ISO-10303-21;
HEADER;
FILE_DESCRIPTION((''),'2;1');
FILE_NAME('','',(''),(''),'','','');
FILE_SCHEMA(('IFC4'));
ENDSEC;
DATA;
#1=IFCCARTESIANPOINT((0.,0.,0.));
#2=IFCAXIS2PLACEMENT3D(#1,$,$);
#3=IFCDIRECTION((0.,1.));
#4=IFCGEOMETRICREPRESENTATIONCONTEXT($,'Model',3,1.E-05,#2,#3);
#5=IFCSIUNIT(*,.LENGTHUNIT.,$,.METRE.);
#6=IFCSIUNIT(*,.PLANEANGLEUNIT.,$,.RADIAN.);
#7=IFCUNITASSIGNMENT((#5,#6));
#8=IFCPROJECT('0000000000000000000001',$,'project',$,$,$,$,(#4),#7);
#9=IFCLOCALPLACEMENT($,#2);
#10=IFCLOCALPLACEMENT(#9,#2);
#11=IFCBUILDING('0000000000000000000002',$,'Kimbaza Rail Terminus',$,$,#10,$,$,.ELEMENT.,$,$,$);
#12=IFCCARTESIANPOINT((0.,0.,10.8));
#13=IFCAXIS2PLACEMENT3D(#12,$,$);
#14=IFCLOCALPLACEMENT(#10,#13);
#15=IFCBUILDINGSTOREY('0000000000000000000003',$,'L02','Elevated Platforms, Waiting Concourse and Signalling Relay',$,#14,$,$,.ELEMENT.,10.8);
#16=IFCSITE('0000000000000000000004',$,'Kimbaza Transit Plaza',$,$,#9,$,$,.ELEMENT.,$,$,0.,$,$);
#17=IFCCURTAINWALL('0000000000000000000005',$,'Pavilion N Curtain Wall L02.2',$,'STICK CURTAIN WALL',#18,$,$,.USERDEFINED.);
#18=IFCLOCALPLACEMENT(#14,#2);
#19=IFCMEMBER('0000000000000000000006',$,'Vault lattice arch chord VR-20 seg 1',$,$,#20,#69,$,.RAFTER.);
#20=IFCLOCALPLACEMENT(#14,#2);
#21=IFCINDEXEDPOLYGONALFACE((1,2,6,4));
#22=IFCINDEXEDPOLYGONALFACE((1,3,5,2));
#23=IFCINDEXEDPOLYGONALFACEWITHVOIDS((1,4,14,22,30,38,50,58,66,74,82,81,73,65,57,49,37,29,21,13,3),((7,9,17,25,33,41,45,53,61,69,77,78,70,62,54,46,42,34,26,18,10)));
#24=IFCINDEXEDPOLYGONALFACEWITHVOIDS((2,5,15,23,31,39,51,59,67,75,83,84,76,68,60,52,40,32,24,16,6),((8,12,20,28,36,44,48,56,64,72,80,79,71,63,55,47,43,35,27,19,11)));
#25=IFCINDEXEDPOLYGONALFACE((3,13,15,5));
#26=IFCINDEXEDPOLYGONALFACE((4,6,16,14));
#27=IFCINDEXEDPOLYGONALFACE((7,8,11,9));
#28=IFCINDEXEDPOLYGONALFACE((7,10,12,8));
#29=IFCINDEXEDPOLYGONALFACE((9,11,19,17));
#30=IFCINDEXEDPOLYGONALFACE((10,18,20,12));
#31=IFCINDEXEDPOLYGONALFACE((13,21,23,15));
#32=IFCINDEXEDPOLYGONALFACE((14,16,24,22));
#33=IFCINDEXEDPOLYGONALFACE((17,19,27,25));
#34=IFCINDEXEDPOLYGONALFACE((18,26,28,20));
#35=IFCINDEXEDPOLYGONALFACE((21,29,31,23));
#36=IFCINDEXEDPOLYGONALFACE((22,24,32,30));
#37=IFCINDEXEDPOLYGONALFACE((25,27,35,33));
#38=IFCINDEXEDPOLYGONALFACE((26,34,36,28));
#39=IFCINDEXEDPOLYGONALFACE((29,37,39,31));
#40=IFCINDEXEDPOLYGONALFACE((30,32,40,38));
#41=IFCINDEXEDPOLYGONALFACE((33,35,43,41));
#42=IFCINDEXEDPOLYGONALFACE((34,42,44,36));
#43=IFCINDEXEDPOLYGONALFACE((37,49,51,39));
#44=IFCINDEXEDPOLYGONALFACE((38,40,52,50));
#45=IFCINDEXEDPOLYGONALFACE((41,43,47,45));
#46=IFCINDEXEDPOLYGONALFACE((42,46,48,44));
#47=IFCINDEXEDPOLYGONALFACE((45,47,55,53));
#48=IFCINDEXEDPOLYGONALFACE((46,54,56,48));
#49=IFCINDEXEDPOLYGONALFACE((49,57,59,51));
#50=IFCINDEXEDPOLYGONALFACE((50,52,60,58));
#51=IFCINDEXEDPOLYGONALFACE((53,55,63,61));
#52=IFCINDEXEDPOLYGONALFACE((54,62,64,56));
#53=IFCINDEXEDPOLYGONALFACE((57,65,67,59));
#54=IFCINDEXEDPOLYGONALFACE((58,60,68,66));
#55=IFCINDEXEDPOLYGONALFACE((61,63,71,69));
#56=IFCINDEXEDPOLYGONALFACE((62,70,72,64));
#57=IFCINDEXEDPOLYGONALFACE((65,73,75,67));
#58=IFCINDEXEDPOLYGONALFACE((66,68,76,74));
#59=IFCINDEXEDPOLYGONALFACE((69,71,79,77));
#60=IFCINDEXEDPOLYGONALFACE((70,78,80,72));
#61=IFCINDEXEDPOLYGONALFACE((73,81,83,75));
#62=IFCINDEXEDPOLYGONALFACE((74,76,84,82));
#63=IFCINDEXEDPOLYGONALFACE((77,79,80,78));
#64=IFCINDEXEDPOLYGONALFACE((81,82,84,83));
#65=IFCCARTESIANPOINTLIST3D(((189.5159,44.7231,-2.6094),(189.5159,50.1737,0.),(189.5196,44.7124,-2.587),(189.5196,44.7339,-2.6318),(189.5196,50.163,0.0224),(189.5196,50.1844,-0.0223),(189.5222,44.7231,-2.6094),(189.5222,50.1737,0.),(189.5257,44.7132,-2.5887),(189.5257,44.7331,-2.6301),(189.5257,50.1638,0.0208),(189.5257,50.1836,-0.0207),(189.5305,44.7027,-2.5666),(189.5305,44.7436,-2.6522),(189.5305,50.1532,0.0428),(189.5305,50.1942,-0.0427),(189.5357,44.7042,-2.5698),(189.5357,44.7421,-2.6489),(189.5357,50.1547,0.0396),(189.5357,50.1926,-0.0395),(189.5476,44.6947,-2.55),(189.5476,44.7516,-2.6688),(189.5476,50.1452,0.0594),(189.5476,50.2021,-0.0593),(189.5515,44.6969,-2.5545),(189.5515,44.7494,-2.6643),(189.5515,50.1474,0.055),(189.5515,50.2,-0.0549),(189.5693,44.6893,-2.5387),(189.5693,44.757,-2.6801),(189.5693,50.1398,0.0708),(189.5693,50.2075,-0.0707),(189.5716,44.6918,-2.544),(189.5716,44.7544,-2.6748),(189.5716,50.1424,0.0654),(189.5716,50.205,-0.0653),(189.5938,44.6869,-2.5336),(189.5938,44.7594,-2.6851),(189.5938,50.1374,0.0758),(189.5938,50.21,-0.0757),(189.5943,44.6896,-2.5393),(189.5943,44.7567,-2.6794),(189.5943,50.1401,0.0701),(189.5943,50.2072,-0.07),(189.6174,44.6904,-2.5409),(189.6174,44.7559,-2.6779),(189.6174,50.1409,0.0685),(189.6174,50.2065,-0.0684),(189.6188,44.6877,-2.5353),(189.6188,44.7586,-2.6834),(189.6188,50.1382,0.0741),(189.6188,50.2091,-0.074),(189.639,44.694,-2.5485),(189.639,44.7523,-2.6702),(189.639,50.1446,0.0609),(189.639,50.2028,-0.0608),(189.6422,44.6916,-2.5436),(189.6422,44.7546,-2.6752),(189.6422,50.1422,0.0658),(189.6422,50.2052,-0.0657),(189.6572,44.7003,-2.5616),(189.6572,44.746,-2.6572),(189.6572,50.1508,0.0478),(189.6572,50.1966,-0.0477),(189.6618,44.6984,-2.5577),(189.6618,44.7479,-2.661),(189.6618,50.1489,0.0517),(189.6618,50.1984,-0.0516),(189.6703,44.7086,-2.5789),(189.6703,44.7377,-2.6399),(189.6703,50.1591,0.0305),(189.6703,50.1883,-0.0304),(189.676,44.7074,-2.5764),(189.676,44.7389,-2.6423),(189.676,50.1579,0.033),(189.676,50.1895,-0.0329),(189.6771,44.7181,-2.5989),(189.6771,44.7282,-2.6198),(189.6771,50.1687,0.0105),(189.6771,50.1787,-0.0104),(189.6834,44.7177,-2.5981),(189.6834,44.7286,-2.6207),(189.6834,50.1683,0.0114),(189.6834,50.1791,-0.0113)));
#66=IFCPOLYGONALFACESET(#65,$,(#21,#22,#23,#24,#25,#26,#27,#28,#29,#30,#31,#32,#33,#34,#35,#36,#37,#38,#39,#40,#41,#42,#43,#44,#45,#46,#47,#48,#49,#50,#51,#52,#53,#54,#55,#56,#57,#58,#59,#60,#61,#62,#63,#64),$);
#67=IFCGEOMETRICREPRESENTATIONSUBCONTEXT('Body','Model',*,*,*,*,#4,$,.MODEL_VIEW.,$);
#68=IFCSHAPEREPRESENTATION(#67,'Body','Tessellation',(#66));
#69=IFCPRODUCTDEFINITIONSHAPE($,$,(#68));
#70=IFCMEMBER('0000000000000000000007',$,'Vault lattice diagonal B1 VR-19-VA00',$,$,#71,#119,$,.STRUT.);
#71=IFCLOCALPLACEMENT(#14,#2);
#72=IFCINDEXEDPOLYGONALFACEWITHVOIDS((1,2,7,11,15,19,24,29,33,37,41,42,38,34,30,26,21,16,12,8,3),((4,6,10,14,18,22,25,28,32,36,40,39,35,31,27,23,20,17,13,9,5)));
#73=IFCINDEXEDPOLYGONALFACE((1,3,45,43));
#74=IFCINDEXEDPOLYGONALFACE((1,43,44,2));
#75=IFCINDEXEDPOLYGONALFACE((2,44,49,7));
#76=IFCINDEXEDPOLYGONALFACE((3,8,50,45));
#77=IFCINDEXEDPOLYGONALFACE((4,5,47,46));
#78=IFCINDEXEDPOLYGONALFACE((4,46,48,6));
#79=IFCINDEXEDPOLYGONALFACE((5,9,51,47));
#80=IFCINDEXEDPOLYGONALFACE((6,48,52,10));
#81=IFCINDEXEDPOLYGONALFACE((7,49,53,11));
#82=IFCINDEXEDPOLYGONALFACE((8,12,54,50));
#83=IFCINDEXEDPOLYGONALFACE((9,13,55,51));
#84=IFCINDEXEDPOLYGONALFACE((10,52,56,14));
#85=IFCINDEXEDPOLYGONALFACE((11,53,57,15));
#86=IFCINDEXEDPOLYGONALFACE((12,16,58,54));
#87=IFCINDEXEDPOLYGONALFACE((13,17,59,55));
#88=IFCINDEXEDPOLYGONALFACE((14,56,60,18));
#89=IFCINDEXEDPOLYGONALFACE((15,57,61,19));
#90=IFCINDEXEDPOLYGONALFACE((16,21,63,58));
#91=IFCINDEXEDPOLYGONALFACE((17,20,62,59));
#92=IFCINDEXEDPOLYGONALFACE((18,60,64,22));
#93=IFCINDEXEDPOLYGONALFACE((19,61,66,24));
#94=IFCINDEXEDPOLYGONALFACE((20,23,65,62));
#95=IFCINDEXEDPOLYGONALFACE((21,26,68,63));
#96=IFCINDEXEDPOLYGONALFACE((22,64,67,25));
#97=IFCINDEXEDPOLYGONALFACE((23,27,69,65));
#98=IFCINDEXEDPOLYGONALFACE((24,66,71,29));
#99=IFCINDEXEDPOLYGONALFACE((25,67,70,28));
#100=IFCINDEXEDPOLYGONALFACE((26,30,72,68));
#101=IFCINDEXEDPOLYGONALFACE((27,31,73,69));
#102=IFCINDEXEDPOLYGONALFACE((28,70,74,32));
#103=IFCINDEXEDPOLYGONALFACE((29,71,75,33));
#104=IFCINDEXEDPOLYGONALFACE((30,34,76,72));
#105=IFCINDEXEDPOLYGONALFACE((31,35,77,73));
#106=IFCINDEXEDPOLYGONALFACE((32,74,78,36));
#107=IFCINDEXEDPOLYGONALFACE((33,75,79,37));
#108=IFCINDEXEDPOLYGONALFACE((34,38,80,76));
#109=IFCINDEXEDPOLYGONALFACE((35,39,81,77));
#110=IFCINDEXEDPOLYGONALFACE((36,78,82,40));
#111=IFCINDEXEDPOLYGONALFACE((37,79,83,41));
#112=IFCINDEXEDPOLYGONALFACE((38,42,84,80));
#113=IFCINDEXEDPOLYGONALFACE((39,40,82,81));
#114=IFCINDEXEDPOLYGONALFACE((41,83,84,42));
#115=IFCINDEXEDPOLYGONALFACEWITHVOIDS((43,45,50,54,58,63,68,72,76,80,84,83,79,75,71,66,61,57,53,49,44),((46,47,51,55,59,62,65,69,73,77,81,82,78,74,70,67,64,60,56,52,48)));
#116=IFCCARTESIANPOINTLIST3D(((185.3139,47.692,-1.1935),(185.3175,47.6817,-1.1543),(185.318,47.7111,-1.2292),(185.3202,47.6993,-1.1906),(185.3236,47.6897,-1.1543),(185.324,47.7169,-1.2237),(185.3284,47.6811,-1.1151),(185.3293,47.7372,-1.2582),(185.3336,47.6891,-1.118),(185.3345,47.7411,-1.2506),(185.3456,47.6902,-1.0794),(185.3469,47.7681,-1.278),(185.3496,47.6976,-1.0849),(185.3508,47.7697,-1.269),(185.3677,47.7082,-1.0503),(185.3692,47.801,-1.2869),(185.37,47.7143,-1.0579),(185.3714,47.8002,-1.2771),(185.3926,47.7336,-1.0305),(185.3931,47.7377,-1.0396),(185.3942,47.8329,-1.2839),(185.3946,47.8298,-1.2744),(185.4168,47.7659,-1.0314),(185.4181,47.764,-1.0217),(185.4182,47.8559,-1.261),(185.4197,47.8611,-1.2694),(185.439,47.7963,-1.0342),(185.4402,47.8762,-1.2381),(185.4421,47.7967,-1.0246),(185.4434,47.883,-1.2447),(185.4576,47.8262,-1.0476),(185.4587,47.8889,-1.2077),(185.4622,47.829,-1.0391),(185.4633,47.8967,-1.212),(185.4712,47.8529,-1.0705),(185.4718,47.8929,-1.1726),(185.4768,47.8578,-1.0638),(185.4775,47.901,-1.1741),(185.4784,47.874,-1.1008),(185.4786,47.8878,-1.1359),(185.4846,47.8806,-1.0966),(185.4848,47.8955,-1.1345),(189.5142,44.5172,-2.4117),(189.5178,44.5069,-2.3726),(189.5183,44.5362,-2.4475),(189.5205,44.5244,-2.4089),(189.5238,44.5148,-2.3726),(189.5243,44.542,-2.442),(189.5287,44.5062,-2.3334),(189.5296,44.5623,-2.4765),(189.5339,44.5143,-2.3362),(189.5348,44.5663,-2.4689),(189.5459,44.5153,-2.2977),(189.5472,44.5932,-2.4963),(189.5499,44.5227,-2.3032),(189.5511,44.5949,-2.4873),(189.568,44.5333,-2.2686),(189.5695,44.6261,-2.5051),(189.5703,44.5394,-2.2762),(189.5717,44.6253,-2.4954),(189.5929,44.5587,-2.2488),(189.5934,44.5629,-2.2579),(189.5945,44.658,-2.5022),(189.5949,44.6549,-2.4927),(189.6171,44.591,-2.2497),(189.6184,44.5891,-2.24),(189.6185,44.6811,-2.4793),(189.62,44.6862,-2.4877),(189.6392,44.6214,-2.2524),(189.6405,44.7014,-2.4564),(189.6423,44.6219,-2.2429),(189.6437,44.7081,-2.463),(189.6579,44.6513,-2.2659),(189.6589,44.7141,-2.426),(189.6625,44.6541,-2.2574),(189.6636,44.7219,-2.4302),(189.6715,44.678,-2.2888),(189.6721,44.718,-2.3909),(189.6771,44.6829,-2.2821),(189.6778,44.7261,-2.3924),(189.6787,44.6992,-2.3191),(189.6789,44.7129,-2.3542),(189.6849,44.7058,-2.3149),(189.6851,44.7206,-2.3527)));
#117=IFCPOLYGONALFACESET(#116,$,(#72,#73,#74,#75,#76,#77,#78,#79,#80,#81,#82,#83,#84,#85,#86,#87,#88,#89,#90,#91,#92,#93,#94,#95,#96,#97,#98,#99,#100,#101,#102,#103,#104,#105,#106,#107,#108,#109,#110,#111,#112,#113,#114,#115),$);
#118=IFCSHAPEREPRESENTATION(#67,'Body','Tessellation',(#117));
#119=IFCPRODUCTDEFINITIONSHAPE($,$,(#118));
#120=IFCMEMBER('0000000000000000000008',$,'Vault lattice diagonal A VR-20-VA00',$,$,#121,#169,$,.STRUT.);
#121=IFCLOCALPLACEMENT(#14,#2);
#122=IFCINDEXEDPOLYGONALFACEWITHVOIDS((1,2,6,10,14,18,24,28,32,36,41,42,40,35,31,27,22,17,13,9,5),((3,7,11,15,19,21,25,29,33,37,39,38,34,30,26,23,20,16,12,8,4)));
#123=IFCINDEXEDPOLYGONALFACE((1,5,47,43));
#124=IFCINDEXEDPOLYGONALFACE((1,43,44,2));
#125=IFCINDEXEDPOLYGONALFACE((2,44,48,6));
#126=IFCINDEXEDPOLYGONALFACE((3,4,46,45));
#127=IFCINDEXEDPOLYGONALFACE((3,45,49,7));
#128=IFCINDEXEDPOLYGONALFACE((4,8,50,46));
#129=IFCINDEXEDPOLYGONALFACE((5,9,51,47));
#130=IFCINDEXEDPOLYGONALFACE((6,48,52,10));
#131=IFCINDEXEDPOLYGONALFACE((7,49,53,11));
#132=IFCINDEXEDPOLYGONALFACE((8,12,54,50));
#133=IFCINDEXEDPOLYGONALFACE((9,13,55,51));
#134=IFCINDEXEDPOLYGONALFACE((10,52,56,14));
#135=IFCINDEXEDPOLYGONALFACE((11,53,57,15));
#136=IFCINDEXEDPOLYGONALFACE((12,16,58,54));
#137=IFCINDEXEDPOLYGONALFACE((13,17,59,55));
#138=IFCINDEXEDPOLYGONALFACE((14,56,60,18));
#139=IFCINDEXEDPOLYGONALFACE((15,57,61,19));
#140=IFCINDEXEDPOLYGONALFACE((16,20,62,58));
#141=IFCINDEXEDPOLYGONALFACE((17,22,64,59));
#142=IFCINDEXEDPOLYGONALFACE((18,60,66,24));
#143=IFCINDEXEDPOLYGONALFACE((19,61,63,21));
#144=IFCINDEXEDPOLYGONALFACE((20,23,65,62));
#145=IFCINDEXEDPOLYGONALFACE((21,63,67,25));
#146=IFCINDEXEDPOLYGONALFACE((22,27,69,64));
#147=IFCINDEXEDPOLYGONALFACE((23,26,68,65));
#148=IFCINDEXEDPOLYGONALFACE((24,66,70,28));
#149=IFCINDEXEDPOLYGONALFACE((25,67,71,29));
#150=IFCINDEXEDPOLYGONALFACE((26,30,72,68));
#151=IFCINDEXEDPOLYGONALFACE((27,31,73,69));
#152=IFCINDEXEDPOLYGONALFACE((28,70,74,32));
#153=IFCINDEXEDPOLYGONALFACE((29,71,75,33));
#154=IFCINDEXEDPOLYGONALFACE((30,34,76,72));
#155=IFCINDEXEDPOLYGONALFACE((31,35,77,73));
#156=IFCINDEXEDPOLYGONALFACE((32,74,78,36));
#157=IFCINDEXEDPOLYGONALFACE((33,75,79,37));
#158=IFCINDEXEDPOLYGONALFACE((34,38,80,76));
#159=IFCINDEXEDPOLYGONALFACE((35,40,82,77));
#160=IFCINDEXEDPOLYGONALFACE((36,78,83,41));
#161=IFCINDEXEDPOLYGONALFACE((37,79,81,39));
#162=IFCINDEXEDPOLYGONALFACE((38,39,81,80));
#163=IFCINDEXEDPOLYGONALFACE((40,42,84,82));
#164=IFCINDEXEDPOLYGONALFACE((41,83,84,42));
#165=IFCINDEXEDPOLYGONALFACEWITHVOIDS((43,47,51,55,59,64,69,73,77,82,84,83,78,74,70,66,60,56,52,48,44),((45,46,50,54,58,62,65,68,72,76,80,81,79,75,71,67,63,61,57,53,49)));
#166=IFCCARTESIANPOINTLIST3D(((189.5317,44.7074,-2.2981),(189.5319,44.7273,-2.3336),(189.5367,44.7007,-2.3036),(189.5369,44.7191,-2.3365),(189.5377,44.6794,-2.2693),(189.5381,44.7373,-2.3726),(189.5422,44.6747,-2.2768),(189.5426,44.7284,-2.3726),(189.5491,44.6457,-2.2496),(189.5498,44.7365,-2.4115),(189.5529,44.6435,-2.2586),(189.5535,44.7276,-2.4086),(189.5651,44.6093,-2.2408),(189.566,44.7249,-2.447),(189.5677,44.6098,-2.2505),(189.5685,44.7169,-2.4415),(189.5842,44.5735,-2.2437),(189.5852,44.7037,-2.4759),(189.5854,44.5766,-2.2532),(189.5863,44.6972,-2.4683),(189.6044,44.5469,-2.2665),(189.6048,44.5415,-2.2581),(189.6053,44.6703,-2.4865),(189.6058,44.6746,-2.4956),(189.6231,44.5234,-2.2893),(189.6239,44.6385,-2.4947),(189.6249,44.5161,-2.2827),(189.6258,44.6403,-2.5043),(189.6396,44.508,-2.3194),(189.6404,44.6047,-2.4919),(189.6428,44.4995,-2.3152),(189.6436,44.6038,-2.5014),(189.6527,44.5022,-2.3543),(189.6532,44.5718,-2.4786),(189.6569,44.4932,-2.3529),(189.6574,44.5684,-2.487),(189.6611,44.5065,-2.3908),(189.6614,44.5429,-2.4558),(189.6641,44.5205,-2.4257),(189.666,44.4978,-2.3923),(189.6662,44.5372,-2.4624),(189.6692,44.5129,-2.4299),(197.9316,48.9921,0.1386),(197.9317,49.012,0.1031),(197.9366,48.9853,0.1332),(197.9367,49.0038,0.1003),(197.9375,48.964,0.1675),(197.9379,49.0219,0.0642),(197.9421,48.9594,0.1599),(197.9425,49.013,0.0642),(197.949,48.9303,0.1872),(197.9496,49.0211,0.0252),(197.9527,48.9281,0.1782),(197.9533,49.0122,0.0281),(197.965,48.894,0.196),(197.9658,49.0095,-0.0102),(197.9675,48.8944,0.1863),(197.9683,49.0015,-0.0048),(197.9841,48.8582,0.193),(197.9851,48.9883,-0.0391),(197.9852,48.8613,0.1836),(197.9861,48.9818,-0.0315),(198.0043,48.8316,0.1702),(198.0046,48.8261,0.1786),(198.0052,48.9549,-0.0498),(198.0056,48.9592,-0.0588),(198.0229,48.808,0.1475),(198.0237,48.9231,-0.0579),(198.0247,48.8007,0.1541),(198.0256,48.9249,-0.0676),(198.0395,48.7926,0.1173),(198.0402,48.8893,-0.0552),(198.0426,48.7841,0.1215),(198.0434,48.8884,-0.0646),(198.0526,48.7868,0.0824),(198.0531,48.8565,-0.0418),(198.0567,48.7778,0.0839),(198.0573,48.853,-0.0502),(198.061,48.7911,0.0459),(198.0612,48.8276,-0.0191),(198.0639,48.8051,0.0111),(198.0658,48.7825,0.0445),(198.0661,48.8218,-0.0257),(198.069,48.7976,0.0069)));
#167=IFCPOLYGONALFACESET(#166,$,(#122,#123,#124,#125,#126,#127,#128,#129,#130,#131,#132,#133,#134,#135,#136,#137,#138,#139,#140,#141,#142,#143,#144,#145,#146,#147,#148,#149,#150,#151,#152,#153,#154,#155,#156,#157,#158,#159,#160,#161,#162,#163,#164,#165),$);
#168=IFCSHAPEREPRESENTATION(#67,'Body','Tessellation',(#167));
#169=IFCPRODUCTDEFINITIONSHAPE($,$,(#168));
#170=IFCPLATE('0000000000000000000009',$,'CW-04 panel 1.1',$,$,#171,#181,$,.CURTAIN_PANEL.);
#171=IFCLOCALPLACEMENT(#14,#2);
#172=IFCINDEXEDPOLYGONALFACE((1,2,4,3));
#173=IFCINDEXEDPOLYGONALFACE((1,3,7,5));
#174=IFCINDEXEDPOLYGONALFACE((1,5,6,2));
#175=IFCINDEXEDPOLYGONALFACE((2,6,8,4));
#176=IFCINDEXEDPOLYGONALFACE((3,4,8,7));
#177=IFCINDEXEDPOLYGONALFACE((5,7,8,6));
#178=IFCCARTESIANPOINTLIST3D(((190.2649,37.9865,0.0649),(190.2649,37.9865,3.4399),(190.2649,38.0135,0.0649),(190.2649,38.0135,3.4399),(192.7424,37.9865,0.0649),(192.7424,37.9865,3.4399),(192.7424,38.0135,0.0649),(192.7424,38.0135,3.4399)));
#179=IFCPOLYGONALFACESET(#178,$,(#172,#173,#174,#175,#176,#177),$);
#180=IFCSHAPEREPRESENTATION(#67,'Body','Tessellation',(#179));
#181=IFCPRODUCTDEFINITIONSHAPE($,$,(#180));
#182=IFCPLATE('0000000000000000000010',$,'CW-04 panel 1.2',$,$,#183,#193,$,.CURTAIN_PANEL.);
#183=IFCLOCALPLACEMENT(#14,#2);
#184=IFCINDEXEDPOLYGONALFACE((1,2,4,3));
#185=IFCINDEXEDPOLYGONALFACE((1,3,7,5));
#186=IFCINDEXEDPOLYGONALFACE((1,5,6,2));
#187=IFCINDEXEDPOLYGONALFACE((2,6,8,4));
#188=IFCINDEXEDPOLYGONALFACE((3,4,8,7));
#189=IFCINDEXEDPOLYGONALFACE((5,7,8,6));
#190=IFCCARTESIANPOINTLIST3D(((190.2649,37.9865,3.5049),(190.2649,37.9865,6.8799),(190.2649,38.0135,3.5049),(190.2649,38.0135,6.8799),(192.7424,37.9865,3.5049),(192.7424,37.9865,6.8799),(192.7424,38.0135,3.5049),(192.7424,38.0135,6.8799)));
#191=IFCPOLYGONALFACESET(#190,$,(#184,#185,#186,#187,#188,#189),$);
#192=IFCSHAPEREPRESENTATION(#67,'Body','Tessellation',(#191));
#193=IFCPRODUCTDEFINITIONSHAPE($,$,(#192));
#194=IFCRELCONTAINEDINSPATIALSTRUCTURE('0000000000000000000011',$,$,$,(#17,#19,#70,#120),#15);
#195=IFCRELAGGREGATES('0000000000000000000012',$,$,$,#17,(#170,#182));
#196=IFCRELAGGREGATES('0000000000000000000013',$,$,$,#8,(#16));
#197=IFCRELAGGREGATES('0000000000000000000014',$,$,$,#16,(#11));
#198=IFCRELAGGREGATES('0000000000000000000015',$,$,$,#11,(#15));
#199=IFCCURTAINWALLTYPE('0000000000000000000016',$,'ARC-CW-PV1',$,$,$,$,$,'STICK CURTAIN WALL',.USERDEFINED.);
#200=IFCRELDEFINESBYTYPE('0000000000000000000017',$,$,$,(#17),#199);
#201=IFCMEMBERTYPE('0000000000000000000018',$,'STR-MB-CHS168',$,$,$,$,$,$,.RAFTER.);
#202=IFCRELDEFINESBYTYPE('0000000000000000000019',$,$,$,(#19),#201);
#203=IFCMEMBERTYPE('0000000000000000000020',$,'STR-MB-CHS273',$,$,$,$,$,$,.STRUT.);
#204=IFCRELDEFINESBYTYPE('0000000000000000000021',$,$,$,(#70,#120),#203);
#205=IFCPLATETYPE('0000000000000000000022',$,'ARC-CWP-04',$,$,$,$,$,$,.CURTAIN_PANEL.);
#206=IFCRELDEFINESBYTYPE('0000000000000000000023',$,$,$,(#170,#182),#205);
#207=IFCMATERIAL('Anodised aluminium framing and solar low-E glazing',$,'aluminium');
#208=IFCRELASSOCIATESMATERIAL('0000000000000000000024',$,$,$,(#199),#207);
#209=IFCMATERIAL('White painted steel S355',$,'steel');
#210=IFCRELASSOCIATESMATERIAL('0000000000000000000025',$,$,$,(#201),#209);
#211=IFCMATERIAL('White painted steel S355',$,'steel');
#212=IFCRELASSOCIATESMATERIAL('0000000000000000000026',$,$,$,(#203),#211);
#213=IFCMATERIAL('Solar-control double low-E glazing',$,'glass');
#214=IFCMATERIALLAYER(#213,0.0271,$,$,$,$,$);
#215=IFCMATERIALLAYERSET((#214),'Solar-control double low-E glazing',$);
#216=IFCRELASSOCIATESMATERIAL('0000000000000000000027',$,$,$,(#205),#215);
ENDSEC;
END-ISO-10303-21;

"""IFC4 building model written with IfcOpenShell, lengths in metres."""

from ifc_helpers import new_model, si_unit, direction, frame, origin, origin_2d, place, context, subcontext, project, spatial, rectangle, hollow_circle, extrude, material, layer, layer_set, material_profile, profile_set, type_object, element, aggregate, save


model = new_model("IFC4")

# Units and contexts
model_context = context("Model", 3, precision=1e-05, world=origin(), true_north=direction((0.0, 1.0)))
body_context = subcontext(model_context, "Body", "Model", "MODEL_VIEW")
ifc_project = project(units=[si_unit("LENGTHUNIT", "METRE"), si_unit("PLANEANGLEUNIT", "RADIAN")], contexts=[model_context])

# Site, building, storey
site_placement = place(None, origin())
site = spatial("IfcSite", under=ifc_project, at=site_placement, Name="Kimbaza Transit Plaza", CompositionType="ELEMENT", RefElevation=0.0)
building_placement = place(site_placement, origin())
building = spatial("IfcBuilding", under=site, at=building_placement, Name="Kimbaza Rail Terminus", CompositionType="ELEMENT")
storey_placement = place(building_placement, frame((0.0, 0.0, 10.8)))
storey = spatial("IfcBuildingStorey", under=building, at=storey_placement, Name="L02", Description="Elevated Platforms, Waiting Concourse and Signalling Relay", CompositionType="ELEMENT", Elevation=10.8)

# Curtain wall
ifc_material_1 = material(Name="Anodised aluminium framing and solar low-E glazing", Category="aluminium")
curtain_wall_type = type_object("IfcCurtainWallType", Name="ARC-CW-PV1", ElementType="STICK CURTAIN WALL", PredefinedType="USERDEFINED", material=ifc_material_1)
curtain_wall_placement = place(storey_placement, origin())
curtain_wall = element("IfcCurtainWall", 1, at=curtain_wall_placement, inside=storey, type_object=curtain_wall_type, Name="Pavilion N Curtain Wall L02.2", ObjectType="STICK CURTAIN WALL", PredefinedType="USERDEFINED")

# Members
ifc_material_2 = material(Name="White painted steel S355", Category="steel")
ifc_material_profile_1 = material_profile(ifc_material_2, hollow_circle(Radius=0.0842, WallThickness=0.0063, at=origin_2d()), Name="CHS 168.3x6.3")
ifc_profile_set_1 = profile_set([ifc_material_profile_1], Name="White painted steel S355")
member_type_1 = type_object("IfcMemberType", Name="STR-MB-CHS168", PredefinedType="RAFTER", material=ifc_profile_set_1)
member_1_placement = place(storey_placement, frame((189.6001, 44.7231, -2.6094), z_axis=(0.0, 0.901964, 0.431811), x_axis=(-1.0, 0.0, 0.0)))
element("IfcMember", 2, at=member_1_placement, inside=storey, type_object=member_type_1, Name="Vault lattice arch chord VR-20 seg 1", PredefinedType="RAFTER", context=body_context, shape_type="SweptSolid", body=[
    extrude(hollow_circle(Radius=0.0842, WallThickness=0.0063, at=origin_2d()), origin(), (0.0, 0.0, 1.0), 6.043),
])
ifc_material_3 = material(Name="White painted steel S355", Category="steel")
ifc_material_profile_2 = material_profile(ifc_material_3, hollow_circle(Radius=0.1365, WallThickness=0.01, at=origin_2d()), Name="CHS 273x10")
ifc_profile_set_2 = profile_set([ifc_material_profile_2], Name="White painted steel S355")
member_type_2 = type_object("IfcMemberType", Name="STR-MB-CHS273", PredefinedType="STRUT", material=ifc_profile_set_2)
member_2_placement = place(storey_placement, frame((189.6001, 44.6157, -2.3726), z_axis=(-0.777212, 0.587472, 0.225429), x_axis=(-0.602993, -0.797746, 0.0)))
element("IfcMember", 3, at=member_2_placement, inside=storey, type_object=member_type_2, Name="Vault lattice diagonal B1 VR-19-VA00", PredefinedType="STRUT", context=body_context, shape_type="SweptSolid", body=[
    extrude(hollow_circle(Radius=0.1365, WallThickness=0.01, at=origin_2d()), origin(), (0.0, 0.0, 1.0), 5.4043),
])
member_3_placement = place(storey_placement, frame((189.6001, 44.6157, -2.3726), z_axis=(0.862472, 0.439935, 0.250199), x_axis=(-0.454386, 0.890805, 0.0)))
element("IfcMember", 4, at=member_3_placement, inside=storey, type_object=member_type_2, Name="Vault lattice diagonal A VR-20-VA00", PredefinedType="STRUT", context=body_context, shape_type="SweptSolid", body=[
    extrude(hollow_circle(Radius=0.1365, WallThickness=0.01, at=origin_2d()), origin(), (0.0, 0.0, 1.0), 9.7393),
])

# Plates
ifc_material_4 = material(Name="Solar-control double low-E glazing", Category="glass")
ifc_layer_1 = layer(ifc_material_4, 0.0271)
ifc_layer_set_1 = layer_set([ifc_layer_1], Name="Solar-control double low-E glazing")
plate_type_1 = type_object("IfcPlateType", Name="ARC-CWP-04", PredefinedType="CURTAIN_PANEL", material=ifc_layer_set_1)
plate_1_placement = place(storey_placement, frame((191.5037, 38.0, 0.0649), z_axis=(0.0, 0.0, 1.0), x_axis=(1.0, 0.0, 0.0)))
plate_1 = element("IfcPlate", 5, at=plate_1_placement, type_object=plate_type_1, Name="CW-04 panel 1.1", PredefinedType="CURTAIN_PANEL", context=body_context, shape_type="SweptSolid", body=[
    extrude(rectangle(XDim=2.4775, YDim=0.0271, at=origin_2d()), origin(), (0.0, 0.0, 1.0), 3.375),
])
plate_2_placement = place(storey_placement, frame((191.5037, 38.0, 3.5049), z_axis=(0.0, 0.0, 1.0), x_axis=(1.0, 0.0, 0.0)))
plate_2 = element("IfcPlate", 6, at=plate_2_placement, type_object=plate_type_1, Name="CW-04 panel 1.2", PredefinedType="CURTAIN_PANEL", context=body_context, shape_type="SweptSolid", body=[
    extrude(rectangle(XDim=2.4775, YDim=0.0271, at=origin_2d()), origin(), (0.0, 0.0, 1.0), 3.375),
])
aggregate(curtain_wall, [plate_1, plate_2])

save(model, "model.ifc")
